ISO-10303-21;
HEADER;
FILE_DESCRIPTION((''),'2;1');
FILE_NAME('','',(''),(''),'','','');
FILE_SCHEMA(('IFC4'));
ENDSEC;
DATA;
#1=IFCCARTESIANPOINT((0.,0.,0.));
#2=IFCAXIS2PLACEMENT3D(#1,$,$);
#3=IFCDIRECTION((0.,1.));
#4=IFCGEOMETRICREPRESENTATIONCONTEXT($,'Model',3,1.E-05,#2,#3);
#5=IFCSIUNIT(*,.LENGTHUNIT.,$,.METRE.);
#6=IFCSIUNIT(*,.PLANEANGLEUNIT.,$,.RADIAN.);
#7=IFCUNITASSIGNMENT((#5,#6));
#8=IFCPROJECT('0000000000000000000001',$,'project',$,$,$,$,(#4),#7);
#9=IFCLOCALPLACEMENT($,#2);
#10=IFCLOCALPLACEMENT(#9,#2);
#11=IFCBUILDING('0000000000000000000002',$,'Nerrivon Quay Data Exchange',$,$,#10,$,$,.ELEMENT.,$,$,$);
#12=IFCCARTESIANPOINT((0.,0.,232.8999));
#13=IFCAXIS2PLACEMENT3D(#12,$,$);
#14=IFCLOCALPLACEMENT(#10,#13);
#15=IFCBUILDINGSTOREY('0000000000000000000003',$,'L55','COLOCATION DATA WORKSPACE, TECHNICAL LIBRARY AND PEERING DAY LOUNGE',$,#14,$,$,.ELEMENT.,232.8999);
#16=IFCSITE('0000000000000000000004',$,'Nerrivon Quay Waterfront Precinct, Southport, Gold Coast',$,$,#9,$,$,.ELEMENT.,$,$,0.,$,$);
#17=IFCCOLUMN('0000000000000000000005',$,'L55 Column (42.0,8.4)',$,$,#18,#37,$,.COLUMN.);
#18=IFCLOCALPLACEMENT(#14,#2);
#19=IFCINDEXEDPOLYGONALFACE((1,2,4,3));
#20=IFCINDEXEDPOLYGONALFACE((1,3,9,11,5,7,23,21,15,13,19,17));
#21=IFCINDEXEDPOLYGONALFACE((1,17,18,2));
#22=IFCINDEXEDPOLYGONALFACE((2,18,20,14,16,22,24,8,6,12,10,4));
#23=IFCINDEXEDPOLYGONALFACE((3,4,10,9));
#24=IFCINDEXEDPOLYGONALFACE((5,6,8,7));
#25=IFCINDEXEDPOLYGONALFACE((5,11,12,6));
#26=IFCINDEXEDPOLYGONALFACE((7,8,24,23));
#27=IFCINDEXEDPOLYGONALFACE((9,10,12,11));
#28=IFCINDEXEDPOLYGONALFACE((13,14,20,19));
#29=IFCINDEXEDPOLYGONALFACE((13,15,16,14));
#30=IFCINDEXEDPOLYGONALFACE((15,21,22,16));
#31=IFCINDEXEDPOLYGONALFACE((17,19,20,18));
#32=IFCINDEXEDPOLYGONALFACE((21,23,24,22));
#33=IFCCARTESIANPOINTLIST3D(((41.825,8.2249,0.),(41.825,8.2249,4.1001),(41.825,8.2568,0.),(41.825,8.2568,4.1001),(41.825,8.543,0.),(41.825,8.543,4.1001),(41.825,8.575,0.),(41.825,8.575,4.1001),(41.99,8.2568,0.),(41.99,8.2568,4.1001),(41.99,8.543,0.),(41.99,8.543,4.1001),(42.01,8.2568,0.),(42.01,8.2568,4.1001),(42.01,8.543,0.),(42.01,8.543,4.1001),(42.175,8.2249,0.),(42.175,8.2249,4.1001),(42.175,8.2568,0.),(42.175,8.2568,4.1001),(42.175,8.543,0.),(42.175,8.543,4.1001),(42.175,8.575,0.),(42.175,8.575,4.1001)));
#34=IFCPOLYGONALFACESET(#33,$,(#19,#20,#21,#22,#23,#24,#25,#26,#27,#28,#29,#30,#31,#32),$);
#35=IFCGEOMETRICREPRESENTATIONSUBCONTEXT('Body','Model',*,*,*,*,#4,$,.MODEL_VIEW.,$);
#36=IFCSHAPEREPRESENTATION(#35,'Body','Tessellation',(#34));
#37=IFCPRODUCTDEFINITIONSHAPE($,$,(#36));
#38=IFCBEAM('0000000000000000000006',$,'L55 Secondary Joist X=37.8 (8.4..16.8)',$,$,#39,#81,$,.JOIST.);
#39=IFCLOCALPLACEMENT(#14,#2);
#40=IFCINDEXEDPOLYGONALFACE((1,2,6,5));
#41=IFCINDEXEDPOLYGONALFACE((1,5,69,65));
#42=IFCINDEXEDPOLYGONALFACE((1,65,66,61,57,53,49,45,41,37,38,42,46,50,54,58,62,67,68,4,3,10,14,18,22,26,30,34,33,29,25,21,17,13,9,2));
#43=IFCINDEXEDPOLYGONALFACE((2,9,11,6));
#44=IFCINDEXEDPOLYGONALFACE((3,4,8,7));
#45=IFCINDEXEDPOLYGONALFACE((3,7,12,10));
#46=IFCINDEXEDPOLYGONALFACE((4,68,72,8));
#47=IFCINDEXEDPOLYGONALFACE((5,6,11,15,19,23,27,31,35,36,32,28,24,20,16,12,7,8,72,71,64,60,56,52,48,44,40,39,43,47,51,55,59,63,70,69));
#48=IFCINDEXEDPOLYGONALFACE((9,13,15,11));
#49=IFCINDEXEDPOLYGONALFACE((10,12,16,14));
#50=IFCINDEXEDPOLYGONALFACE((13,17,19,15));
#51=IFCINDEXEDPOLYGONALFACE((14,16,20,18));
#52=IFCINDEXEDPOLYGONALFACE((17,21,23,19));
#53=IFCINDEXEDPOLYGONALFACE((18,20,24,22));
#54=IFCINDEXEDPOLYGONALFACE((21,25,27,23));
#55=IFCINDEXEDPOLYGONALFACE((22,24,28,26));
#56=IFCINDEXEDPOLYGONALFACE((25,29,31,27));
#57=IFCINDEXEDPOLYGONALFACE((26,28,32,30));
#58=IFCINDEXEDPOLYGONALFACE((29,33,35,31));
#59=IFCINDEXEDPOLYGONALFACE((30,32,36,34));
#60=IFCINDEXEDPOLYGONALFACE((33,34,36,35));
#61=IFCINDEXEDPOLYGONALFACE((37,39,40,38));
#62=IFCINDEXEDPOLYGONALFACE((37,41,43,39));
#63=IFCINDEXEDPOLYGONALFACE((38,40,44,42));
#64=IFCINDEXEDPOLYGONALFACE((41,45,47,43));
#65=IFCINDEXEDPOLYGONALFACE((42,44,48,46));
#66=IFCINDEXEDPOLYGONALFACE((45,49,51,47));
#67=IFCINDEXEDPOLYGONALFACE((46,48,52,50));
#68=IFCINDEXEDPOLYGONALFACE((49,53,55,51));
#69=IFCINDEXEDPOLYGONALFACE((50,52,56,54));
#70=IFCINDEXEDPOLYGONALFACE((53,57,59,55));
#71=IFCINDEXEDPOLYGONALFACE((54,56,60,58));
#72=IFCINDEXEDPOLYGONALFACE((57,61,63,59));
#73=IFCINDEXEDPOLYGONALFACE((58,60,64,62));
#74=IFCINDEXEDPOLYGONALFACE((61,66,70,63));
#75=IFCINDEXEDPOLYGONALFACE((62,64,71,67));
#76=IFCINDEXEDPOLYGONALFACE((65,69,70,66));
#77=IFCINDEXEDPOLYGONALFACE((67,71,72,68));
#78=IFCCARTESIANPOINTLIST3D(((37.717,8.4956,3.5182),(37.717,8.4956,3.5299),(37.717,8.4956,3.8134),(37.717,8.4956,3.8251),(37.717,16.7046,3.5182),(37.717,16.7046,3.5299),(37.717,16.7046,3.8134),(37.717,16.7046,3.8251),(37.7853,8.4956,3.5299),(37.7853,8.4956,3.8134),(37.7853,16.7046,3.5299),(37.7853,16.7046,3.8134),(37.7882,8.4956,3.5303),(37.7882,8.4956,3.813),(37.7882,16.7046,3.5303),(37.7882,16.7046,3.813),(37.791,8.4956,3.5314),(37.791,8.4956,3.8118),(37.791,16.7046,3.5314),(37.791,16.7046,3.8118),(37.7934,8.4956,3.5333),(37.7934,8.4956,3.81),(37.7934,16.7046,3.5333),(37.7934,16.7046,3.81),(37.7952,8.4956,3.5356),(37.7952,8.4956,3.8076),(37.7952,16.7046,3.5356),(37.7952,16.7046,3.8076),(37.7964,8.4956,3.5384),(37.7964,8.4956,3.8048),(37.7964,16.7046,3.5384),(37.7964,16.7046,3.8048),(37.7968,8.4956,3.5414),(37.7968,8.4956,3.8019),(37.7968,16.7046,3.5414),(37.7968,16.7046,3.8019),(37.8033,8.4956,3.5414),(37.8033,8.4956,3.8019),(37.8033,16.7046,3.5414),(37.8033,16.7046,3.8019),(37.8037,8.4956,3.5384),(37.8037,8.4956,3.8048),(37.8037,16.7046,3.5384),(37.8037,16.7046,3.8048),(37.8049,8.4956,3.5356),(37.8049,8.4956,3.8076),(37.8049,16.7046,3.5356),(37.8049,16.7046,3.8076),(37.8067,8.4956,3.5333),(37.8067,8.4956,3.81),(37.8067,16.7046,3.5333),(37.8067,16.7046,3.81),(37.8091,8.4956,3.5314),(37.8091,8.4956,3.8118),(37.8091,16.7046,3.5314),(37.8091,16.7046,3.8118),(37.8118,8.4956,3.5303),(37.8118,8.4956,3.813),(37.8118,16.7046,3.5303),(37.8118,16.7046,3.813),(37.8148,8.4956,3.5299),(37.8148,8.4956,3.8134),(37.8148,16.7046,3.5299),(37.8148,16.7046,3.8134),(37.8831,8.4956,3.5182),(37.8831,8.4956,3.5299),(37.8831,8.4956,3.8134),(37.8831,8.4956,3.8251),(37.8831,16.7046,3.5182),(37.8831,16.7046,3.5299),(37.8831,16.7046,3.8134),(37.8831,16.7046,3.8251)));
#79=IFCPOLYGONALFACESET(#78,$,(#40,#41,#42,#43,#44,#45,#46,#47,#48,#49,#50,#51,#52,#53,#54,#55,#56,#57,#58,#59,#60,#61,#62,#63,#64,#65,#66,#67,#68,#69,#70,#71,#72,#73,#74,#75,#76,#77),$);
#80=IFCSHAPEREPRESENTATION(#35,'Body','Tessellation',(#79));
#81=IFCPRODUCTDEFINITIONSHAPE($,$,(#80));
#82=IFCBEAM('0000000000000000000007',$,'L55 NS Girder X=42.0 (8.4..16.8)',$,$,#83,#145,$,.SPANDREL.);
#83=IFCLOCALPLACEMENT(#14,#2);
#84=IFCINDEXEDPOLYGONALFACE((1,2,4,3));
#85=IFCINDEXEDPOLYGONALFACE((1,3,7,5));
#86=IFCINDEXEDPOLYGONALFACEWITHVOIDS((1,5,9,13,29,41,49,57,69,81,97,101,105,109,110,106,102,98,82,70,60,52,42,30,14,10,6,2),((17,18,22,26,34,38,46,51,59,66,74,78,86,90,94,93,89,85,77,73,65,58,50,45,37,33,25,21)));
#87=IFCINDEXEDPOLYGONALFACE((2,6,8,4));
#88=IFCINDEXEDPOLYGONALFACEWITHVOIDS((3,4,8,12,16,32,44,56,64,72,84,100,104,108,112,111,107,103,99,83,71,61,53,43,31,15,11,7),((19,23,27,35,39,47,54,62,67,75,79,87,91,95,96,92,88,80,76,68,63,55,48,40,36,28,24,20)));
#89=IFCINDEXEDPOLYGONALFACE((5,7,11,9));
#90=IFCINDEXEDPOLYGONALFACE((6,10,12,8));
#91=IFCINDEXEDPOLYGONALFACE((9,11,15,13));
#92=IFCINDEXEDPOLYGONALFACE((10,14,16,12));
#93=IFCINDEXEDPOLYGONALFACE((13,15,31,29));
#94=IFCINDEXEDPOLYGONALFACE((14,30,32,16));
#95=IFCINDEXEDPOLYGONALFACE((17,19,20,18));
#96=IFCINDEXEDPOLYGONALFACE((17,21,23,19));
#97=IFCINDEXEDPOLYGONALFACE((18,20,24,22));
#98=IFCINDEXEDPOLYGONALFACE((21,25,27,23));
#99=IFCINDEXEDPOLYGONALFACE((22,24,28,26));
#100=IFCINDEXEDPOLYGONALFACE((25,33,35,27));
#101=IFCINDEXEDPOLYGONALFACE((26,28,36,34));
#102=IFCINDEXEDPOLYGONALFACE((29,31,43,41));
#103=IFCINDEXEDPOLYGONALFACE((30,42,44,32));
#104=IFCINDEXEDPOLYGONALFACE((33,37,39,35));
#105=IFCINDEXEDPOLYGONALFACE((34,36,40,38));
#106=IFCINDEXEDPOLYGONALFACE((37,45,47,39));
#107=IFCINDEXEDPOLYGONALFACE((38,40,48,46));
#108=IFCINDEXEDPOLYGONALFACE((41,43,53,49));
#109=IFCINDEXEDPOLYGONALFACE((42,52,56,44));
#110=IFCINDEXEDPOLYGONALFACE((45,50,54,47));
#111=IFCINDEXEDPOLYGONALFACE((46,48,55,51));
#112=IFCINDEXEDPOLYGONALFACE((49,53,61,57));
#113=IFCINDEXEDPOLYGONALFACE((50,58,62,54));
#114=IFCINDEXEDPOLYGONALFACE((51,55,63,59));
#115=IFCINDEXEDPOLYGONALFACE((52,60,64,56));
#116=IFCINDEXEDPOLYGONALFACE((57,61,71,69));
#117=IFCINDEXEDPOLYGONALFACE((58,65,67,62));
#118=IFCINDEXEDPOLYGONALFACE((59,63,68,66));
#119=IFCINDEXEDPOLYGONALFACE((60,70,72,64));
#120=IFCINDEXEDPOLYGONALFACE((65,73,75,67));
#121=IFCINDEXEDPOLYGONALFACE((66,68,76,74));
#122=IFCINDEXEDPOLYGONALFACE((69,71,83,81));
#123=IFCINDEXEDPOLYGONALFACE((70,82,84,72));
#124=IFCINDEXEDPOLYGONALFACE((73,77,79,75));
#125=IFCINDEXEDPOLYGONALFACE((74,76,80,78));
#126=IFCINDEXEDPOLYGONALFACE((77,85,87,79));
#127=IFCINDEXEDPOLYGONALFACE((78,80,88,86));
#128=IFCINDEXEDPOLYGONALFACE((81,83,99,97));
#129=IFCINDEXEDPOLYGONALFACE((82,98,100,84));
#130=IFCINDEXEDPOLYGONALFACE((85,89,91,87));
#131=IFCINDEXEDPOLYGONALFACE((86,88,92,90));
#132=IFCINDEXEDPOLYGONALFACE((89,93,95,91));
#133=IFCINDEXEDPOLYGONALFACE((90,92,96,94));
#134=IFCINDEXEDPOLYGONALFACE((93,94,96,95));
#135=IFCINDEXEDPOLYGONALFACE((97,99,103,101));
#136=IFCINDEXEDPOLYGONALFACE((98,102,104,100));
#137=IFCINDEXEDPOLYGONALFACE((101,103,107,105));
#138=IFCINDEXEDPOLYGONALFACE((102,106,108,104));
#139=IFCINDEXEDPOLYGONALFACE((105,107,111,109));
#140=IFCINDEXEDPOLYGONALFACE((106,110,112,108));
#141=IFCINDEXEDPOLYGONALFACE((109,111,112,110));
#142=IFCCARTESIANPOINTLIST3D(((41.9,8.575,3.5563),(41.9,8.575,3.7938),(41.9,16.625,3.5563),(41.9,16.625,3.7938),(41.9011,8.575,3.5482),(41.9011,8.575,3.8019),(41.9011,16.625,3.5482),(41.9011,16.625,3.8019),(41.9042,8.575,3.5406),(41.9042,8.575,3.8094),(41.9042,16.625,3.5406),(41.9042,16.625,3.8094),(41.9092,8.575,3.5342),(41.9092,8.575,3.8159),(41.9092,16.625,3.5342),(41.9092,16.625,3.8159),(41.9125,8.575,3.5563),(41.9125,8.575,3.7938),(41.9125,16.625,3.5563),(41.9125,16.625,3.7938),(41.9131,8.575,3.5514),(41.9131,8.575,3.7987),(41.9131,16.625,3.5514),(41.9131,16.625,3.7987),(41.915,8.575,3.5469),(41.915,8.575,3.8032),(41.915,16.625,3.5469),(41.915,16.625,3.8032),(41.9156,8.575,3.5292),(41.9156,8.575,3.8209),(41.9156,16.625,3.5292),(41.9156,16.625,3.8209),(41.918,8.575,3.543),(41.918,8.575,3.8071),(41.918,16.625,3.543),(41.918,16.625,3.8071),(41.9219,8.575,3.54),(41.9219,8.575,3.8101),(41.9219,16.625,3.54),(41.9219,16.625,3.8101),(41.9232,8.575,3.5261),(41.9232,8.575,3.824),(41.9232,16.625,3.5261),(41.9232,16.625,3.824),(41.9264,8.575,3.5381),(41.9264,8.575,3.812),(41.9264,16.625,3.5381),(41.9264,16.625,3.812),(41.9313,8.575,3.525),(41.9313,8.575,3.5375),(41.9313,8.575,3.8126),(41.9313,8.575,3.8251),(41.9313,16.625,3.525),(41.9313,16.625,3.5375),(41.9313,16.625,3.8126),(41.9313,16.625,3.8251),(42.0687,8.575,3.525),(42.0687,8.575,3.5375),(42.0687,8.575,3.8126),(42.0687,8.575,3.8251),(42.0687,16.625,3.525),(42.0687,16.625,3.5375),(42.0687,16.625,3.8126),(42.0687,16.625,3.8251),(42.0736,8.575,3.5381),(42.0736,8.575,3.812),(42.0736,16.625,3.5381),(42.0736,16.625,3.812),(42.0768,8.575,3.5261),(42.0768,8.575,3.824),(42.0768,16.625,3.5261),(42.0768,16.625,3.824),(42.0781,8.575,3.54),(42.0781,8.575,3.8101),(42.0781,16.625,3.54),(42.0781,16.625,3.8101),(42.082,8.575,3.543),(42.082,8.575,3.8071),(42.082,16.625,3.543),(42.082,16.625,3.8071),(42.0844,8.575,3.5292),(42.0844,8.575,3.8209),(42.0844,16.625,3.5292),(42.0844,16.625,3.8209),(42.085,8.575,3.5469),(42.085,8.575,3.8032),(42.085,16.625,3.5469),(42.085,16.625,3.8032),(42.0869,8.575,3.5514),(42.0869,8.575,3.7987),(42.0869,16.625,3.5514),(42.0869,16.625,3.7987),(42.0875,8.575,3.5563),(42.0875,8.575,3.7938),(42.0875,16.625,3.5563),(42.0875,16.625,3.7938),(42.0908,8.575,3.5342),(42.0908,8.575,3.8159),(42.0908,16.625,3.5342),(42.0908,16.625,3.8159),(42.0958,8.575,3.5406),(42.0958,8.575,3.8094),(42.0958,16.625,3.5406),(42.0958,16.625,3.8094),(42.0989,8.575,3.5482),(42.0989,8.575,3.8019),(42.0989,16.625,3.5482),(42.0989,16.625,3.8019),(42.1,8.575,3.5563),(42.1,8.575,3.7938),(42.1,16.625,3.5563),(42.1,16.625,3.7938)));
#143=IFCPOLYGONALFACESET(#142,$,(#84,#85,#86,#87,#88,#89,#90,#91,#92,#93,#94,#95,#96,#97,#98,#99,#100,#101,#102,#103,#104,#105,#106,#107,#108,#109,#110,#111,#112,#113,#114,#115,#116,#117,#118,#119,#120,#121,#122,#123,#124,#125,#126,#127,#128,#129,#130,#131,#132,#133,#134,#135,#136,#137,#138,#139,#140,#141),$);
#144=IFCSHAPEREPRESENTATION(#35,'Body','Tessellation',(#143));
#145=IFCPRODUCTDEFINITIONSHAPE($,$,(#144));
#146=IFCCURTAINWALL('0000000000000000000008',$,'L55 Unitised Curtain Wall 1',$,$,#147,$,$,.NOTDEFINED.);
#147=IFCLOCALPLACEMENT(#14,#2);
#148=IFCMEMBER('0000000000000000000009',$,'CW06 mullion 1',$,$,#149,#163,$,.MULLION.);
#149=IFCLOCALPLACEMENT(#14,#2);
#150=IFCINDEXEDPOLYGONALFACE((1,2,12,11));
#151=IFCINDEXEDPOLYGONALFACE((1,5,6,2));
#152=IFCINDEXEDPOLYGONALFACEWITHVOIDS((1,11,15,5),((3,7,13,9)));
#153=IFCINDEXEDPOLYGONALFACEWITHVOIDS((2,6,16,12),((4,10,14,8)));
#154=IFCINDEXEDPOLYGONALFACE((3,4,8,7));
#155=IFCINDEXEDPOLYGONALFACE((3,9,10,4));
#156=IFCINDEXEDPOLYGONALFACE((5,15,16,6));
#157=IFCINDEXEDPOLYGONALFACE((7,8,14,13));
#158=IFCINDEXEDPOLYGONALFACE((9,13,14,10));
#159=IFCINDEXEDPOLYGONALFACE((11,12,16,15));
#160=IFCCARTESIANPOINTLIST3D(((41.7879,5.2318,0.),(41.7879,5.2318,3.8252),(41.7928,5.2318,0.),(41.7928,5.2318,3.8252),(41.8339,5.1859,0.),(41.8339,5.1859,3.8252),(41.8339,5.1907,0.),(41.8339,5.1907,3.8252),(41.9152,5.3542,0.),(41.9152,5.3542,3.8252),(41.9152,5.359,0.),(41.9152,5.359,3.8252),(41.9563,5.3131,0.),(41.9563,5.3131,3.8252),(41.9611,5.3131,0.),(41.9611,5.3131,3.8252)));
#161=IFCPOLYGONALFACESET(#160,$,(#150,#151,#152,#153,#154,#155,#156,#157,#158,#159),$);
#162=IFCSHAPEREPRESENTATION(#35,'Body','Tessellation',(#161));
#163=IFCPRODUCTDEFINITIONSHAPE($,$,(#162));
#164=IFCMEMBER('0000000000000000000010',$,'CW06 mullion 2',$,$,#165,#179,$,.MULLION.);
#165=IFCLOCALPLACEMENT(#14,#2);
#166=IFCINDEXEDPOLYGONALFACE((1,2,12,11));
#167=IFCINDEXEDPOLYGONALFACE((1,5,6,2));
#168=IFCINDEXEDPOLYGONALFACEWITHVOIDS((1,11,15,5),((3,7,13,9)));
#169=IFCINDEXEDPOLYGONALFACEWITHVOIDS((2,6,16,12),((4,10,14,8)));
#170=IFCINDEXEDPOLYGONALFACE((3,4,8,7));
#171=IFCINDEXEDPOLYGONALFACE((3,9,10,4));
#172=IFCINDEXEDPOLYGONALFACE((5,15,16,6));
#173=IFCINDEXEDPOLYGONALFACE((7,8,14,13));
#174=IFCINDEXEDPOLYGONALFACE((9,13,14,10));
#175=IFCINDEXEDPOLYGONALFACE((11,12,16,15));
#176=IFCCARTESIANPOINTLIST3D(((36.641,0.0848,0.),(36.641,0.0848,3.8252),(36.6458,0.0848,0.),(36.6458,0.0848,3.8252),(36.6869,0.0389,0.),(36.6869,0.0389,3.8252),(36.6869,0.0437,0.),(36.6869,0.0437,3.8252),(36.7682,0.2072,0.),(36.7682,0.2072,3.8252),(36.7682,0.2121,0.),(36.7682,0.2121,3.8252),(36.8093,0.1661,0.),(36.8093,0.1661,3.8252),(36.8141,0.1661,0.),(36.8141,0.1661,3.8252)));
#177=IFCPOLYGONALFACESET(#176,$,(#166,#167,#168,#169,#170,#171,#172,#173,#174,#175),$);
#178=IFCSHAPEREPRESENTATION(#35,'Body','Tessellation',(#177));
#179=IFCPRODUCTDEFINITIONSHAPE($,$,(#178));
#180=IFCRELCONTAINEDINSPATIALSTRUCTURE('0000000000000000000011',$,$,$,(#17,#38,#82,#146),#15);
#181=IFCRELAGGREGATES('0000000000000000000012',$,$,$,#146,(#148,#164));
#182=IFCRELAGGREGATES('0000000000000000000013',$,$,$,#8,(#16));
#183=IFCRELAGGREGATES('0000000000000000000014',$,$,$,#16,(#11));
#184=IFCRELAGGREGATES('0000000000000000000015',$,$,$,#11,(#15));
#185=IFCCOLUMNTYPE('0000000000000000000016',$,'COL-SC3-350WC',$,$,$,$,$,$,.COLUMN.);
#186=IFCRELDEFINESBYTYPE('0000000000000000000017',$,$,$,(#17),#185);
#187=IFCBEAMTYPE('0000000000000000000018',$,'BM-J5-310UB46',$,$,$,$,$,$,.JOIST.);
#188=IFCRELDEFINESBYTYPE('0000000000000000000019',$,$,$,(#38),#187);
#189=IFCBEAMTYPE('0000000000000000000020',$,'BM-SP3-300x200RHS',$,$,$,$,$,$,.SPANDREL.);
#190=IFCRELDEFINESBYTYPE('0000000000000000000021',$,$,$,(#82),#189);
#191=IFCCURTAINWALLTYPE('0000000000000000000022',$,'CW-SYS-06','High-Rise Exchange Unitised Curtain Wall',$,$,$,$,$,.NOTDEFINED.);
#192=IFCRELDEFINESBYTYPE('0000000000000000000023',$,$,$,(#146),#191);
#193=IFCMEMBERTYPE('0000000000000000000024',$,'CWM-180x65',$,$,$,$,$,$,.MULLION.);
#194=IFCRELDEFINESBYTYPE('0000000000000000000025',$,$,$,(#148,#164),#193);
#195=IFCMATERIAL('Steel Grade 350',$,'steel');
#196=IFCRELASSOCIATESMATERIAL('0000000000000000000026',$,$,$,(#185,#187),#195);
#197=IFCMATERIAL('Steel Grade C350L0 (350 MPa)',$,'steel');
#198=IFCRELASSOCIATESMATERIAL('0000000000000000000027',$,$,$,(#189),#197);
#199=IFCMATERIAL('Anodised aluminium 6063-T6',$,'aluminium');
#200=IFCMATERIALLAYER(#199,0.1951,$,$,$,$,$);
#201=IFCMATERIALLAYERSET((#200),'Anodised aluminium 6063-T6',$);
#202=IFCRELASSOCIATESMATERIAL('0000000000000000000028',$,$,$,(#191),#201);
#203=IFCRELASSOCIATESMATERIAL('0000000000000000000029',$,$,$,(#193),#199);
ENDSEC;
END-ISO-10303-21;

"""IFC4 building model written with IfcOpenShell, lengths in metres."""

from ifc_helpers import new_model, si_unit, direction, frame, origin, origin_2d, place, context, subcontext, project, spatial, hollow_rectangle, i_section, extrude, material, layer, layer_set, material_profile, profile_set, type_object, element, aggregate, save


model = new_model("IFC4")

# Units and contexts
model_context = context("Model", 3, precision=1e-05, world=origin(), true_north=direction((0.0, 1.0)))
body_context = subcontext(model_context, "Body", "Model", "MODEL_VIEW")
ifc_project = project(units=[si_unit("LENGTHUNIT", "METRE"), si_unit("PLANEANGLEUNIT", "RADIAN")], contexts=[model_context])

# Site, building, storey
site_placement = place(None, origin())
site = spatial("IfcSite", under=ifc_project, at=site_placement, Name="Nerrivon Quay Waterfront Precinct, Southport, Gold Coast", CompositionType="ELEMENT", RefElevation=0.0)
building_placement = place(site_placement, origin())
building = spatial("IfcBuilding", under=site, at=building_placement, Name="Nerrivon Quay Data Exchange", CompositionType="ELEMENT")
storey_placement = place(building_placement, frame((0.0, 0.0, 232.8999)))
storey = spatial("IfcBuildingStorey", under=building, at=storey_placement, Name="L55", Description="COLOCATION DATA WORKSPACE, TECHNICAL LIBRARY AND PEERING DAY LOUNGE", CompositionType="ELEMENT", Elevation=232.8999)

# Column
ifc_material_1 = material(Name="Steel Grade 350", Category="steel")
ifc_material_profile_1 = material_profile(ifc_material_1, i_section(OverallWidth=0.3501, OverallDepth=0.3501, WebThickness=0.02, FlangeThickness=0.032, at=origin_2d()), Name="350WC230")
ifc_profile_set_1 = profile_set([ifc_material_profile_1], Name="Steel Grade 350")
column_type = type_object("IfcColumnType", Name="COL-SC3-350WC", PredefinedType="COLUMN", material=ifc_profile_set_1)
column_placement = place(storey_placement, frame((42.0, 8.3999, 0.0), z_axis=(0.0, 0.0, 1.0), x_axis=(1.0, 0.0, 0.0)))
element("IfcColumn", 1, at=column_placement, inside=storey, type_object=column_type, Name="L55 Column (42.0,8.4)", PredefinedType="COLUMN", context=body_context, shape_type="SweptSolid", body=[
    extrude(i_section(OverallWidth=0.3501, OverallDepth=0.3501, WebThickness=0.02, FlangeThickness=0.032, at=origin_2d()), origin(), (0.0, 0.0, 1.0), 4.1001),
])

# Beams
ifc_material_profile_2 = material_profile(ifc_material_1, i_section(OverallWidth=0.166, OverallDepth=0.3069, WebThickness=0.0066, FlangeThickness=0.0117, FilletRadius=0.0115, at=origin_2d()), Name="310UB46.2")
ifc_profile_set_2 = profile_set([ifc_material_profile_2], Name="Steel Grade 350")
beam_type_1 = type_object("IfcBeamType", Name="BM-J5-310UB46", PredefinedType="JOIST", material=ifc_profile_set_2)
beam_1_placement = place(storey_placement, frame((37.8, 8.4956, 3.6716), z_axis=(0.0, 1.0, 0.0), x_axis=(-1.0, 0.0, 0.0)))
element("IfcBeam", 2, at=beam_1_placement, inside=storey, type_object=beam_type_1, Name="L55 Secondary Joist X=37.8 (8.4..16.8)", PredefinedType="JOIST", context=body_context, shape_type="SweptSolid", body=[
    extrude(i_section(OverallWidth=0.166, OverallDepth=0.3069, WebThickness=0.0066, FlangeThickness=0.0117, FilletRadius=0.0115, at=origin_2d()), origin(), (0.0, 0.0, 1.0), 8.209),
])
ifc_material_2 = material(Name="Steel Grade C350L0 (350 MPa)", Category="steel")
ifc_material_profile_3 = material_profile(ifc_material_2, hollow_rectangle(XDim=0.2, YDim=0.3, WallThickness=0.0125, InnerFilletRadius=0.0188, OuterFilletRadius=0.0312, at=origin_2d()), Name="300x200x12.5RHS")
ifc_profile_set_3 = profile_set([ifc_material_profile_3], Name="Steel Grade C350L0 (350 MPa)")
beam_type_2 = type_object("IfcBeamType", Name="BM-SP3-300x200RHS", PredefinedType="SPANDREL", material=ifc_profile_set_3)
beam_2_placement = place(storey_placement, frame((42.0, 8.575, 3.675), z_axis=(0.0, 1.0, 0.0), x_axis=(-1.0, 0.0, 0.0)))
element("IfcBeam", 3, at=beam_2_placement, inside=storey, type_object=beam_type_2, Name="L55 NS Girder X=42.0 (8.4..16.8)", PredefinedType="SPANDREL", context=body_context, shape_type="SweptSolid", body=[
    extrude(hollow_rectangle(XDim=0.2, YDim=0.3, WallThickness=0.0125, InnerFilletRadius=0.0188, OuterFilletRadius=0.0312, at=origin_2d()), origin(), (0.0, 0.0, 1.0), 8.05),
])

# Curtain wall, members
ifc_material_3 = material(Name="Anodised aluminium 6063-T6", Category="aluminium")
ifc_layer_1 = layer(ifc_material_3, 0.1951)
ifc_layer_set_1 = layer_set([ifc_layer_1], Name="Anodised aluminium 6063-T6")
curtain_wall_type = type_object("IfcCurtainWallType", Name="CW-SYS-06", Description="High-Rise Exchange Unitised Curtain Wall", PredefinedType="NOTDEFINED", material=ifc_layer_set_1)
curtain_wall_1_placement = place(storey_placement, origin())
curtain_wall_1 = element("IfcCurtainWall", 4, at=curtain_wall_1_placement, inside=storey, type_object=curtain_wall_type, Name="L55 Unitised Curtain Wall 1", PredefinedType="NOTDEFINED")
ifc_material_profile_4 = material_profile(ifc_material_3, hollow_rectangle(XDim=0.0649, YDim=0.1799, WallThickness=0.0034, at=origin_2d()), Name="ALU-MULL-180x65")
ifc_profile_set_4 = profile_set([ifc_material_profile_4], Name="Anodised aluminium 6063-T6")
member_type_1 = type_object("IfcMemberType", Name="CWM-180x65", PredefinedType="MULLION", material=ifc_profile_set_4)
member_1_placement = place(storey_placement, frame((41.8745, 5.2725, 0.0), z_axis=(0.0, 0.0, 1.0), x_axis=(0.707107, -0.707107, 0.0)))
member_1 = element("IfcMember", 5, at=member_1_placement, type_object=member_type_1, Name="CW06 mullion 1", PredefinedType="MULLION", context=body_context, shape_type="SweptSolid", body=[
    extrude(hollow_rectangle(XDim=0.0649, YDim=0.1799, WallThickness=0.0034, at=origin_2d()), origin(), (0.0, 0.0, 1.0), 3.8252),
])
member_2_placement = place(storey_placement, frame((36.7275, 0.1255, 0.0), z_axis=(0.0, 0.0, 1.0), x_axis=(0.707107, -0.707107, 0.0)))
member_2 = element("IfcMember", 6, at=member_2_placement, type_object=member_type_1, Name="CW06 mullion 2", PredefinedType="MULLION", context=body_context, shape_type="SweptSolid", body=[
    extrude(hollow_rectangle(XDim=0.0649, YDim=0.1799, WallThickness=0.0034, at=origin_2d()), origin(), (0.0, 0.0, 1.0), 3.8252),
])

aggregate(curtain_wall_1, [member_1, member_2])

save(model, "model.ifc")
